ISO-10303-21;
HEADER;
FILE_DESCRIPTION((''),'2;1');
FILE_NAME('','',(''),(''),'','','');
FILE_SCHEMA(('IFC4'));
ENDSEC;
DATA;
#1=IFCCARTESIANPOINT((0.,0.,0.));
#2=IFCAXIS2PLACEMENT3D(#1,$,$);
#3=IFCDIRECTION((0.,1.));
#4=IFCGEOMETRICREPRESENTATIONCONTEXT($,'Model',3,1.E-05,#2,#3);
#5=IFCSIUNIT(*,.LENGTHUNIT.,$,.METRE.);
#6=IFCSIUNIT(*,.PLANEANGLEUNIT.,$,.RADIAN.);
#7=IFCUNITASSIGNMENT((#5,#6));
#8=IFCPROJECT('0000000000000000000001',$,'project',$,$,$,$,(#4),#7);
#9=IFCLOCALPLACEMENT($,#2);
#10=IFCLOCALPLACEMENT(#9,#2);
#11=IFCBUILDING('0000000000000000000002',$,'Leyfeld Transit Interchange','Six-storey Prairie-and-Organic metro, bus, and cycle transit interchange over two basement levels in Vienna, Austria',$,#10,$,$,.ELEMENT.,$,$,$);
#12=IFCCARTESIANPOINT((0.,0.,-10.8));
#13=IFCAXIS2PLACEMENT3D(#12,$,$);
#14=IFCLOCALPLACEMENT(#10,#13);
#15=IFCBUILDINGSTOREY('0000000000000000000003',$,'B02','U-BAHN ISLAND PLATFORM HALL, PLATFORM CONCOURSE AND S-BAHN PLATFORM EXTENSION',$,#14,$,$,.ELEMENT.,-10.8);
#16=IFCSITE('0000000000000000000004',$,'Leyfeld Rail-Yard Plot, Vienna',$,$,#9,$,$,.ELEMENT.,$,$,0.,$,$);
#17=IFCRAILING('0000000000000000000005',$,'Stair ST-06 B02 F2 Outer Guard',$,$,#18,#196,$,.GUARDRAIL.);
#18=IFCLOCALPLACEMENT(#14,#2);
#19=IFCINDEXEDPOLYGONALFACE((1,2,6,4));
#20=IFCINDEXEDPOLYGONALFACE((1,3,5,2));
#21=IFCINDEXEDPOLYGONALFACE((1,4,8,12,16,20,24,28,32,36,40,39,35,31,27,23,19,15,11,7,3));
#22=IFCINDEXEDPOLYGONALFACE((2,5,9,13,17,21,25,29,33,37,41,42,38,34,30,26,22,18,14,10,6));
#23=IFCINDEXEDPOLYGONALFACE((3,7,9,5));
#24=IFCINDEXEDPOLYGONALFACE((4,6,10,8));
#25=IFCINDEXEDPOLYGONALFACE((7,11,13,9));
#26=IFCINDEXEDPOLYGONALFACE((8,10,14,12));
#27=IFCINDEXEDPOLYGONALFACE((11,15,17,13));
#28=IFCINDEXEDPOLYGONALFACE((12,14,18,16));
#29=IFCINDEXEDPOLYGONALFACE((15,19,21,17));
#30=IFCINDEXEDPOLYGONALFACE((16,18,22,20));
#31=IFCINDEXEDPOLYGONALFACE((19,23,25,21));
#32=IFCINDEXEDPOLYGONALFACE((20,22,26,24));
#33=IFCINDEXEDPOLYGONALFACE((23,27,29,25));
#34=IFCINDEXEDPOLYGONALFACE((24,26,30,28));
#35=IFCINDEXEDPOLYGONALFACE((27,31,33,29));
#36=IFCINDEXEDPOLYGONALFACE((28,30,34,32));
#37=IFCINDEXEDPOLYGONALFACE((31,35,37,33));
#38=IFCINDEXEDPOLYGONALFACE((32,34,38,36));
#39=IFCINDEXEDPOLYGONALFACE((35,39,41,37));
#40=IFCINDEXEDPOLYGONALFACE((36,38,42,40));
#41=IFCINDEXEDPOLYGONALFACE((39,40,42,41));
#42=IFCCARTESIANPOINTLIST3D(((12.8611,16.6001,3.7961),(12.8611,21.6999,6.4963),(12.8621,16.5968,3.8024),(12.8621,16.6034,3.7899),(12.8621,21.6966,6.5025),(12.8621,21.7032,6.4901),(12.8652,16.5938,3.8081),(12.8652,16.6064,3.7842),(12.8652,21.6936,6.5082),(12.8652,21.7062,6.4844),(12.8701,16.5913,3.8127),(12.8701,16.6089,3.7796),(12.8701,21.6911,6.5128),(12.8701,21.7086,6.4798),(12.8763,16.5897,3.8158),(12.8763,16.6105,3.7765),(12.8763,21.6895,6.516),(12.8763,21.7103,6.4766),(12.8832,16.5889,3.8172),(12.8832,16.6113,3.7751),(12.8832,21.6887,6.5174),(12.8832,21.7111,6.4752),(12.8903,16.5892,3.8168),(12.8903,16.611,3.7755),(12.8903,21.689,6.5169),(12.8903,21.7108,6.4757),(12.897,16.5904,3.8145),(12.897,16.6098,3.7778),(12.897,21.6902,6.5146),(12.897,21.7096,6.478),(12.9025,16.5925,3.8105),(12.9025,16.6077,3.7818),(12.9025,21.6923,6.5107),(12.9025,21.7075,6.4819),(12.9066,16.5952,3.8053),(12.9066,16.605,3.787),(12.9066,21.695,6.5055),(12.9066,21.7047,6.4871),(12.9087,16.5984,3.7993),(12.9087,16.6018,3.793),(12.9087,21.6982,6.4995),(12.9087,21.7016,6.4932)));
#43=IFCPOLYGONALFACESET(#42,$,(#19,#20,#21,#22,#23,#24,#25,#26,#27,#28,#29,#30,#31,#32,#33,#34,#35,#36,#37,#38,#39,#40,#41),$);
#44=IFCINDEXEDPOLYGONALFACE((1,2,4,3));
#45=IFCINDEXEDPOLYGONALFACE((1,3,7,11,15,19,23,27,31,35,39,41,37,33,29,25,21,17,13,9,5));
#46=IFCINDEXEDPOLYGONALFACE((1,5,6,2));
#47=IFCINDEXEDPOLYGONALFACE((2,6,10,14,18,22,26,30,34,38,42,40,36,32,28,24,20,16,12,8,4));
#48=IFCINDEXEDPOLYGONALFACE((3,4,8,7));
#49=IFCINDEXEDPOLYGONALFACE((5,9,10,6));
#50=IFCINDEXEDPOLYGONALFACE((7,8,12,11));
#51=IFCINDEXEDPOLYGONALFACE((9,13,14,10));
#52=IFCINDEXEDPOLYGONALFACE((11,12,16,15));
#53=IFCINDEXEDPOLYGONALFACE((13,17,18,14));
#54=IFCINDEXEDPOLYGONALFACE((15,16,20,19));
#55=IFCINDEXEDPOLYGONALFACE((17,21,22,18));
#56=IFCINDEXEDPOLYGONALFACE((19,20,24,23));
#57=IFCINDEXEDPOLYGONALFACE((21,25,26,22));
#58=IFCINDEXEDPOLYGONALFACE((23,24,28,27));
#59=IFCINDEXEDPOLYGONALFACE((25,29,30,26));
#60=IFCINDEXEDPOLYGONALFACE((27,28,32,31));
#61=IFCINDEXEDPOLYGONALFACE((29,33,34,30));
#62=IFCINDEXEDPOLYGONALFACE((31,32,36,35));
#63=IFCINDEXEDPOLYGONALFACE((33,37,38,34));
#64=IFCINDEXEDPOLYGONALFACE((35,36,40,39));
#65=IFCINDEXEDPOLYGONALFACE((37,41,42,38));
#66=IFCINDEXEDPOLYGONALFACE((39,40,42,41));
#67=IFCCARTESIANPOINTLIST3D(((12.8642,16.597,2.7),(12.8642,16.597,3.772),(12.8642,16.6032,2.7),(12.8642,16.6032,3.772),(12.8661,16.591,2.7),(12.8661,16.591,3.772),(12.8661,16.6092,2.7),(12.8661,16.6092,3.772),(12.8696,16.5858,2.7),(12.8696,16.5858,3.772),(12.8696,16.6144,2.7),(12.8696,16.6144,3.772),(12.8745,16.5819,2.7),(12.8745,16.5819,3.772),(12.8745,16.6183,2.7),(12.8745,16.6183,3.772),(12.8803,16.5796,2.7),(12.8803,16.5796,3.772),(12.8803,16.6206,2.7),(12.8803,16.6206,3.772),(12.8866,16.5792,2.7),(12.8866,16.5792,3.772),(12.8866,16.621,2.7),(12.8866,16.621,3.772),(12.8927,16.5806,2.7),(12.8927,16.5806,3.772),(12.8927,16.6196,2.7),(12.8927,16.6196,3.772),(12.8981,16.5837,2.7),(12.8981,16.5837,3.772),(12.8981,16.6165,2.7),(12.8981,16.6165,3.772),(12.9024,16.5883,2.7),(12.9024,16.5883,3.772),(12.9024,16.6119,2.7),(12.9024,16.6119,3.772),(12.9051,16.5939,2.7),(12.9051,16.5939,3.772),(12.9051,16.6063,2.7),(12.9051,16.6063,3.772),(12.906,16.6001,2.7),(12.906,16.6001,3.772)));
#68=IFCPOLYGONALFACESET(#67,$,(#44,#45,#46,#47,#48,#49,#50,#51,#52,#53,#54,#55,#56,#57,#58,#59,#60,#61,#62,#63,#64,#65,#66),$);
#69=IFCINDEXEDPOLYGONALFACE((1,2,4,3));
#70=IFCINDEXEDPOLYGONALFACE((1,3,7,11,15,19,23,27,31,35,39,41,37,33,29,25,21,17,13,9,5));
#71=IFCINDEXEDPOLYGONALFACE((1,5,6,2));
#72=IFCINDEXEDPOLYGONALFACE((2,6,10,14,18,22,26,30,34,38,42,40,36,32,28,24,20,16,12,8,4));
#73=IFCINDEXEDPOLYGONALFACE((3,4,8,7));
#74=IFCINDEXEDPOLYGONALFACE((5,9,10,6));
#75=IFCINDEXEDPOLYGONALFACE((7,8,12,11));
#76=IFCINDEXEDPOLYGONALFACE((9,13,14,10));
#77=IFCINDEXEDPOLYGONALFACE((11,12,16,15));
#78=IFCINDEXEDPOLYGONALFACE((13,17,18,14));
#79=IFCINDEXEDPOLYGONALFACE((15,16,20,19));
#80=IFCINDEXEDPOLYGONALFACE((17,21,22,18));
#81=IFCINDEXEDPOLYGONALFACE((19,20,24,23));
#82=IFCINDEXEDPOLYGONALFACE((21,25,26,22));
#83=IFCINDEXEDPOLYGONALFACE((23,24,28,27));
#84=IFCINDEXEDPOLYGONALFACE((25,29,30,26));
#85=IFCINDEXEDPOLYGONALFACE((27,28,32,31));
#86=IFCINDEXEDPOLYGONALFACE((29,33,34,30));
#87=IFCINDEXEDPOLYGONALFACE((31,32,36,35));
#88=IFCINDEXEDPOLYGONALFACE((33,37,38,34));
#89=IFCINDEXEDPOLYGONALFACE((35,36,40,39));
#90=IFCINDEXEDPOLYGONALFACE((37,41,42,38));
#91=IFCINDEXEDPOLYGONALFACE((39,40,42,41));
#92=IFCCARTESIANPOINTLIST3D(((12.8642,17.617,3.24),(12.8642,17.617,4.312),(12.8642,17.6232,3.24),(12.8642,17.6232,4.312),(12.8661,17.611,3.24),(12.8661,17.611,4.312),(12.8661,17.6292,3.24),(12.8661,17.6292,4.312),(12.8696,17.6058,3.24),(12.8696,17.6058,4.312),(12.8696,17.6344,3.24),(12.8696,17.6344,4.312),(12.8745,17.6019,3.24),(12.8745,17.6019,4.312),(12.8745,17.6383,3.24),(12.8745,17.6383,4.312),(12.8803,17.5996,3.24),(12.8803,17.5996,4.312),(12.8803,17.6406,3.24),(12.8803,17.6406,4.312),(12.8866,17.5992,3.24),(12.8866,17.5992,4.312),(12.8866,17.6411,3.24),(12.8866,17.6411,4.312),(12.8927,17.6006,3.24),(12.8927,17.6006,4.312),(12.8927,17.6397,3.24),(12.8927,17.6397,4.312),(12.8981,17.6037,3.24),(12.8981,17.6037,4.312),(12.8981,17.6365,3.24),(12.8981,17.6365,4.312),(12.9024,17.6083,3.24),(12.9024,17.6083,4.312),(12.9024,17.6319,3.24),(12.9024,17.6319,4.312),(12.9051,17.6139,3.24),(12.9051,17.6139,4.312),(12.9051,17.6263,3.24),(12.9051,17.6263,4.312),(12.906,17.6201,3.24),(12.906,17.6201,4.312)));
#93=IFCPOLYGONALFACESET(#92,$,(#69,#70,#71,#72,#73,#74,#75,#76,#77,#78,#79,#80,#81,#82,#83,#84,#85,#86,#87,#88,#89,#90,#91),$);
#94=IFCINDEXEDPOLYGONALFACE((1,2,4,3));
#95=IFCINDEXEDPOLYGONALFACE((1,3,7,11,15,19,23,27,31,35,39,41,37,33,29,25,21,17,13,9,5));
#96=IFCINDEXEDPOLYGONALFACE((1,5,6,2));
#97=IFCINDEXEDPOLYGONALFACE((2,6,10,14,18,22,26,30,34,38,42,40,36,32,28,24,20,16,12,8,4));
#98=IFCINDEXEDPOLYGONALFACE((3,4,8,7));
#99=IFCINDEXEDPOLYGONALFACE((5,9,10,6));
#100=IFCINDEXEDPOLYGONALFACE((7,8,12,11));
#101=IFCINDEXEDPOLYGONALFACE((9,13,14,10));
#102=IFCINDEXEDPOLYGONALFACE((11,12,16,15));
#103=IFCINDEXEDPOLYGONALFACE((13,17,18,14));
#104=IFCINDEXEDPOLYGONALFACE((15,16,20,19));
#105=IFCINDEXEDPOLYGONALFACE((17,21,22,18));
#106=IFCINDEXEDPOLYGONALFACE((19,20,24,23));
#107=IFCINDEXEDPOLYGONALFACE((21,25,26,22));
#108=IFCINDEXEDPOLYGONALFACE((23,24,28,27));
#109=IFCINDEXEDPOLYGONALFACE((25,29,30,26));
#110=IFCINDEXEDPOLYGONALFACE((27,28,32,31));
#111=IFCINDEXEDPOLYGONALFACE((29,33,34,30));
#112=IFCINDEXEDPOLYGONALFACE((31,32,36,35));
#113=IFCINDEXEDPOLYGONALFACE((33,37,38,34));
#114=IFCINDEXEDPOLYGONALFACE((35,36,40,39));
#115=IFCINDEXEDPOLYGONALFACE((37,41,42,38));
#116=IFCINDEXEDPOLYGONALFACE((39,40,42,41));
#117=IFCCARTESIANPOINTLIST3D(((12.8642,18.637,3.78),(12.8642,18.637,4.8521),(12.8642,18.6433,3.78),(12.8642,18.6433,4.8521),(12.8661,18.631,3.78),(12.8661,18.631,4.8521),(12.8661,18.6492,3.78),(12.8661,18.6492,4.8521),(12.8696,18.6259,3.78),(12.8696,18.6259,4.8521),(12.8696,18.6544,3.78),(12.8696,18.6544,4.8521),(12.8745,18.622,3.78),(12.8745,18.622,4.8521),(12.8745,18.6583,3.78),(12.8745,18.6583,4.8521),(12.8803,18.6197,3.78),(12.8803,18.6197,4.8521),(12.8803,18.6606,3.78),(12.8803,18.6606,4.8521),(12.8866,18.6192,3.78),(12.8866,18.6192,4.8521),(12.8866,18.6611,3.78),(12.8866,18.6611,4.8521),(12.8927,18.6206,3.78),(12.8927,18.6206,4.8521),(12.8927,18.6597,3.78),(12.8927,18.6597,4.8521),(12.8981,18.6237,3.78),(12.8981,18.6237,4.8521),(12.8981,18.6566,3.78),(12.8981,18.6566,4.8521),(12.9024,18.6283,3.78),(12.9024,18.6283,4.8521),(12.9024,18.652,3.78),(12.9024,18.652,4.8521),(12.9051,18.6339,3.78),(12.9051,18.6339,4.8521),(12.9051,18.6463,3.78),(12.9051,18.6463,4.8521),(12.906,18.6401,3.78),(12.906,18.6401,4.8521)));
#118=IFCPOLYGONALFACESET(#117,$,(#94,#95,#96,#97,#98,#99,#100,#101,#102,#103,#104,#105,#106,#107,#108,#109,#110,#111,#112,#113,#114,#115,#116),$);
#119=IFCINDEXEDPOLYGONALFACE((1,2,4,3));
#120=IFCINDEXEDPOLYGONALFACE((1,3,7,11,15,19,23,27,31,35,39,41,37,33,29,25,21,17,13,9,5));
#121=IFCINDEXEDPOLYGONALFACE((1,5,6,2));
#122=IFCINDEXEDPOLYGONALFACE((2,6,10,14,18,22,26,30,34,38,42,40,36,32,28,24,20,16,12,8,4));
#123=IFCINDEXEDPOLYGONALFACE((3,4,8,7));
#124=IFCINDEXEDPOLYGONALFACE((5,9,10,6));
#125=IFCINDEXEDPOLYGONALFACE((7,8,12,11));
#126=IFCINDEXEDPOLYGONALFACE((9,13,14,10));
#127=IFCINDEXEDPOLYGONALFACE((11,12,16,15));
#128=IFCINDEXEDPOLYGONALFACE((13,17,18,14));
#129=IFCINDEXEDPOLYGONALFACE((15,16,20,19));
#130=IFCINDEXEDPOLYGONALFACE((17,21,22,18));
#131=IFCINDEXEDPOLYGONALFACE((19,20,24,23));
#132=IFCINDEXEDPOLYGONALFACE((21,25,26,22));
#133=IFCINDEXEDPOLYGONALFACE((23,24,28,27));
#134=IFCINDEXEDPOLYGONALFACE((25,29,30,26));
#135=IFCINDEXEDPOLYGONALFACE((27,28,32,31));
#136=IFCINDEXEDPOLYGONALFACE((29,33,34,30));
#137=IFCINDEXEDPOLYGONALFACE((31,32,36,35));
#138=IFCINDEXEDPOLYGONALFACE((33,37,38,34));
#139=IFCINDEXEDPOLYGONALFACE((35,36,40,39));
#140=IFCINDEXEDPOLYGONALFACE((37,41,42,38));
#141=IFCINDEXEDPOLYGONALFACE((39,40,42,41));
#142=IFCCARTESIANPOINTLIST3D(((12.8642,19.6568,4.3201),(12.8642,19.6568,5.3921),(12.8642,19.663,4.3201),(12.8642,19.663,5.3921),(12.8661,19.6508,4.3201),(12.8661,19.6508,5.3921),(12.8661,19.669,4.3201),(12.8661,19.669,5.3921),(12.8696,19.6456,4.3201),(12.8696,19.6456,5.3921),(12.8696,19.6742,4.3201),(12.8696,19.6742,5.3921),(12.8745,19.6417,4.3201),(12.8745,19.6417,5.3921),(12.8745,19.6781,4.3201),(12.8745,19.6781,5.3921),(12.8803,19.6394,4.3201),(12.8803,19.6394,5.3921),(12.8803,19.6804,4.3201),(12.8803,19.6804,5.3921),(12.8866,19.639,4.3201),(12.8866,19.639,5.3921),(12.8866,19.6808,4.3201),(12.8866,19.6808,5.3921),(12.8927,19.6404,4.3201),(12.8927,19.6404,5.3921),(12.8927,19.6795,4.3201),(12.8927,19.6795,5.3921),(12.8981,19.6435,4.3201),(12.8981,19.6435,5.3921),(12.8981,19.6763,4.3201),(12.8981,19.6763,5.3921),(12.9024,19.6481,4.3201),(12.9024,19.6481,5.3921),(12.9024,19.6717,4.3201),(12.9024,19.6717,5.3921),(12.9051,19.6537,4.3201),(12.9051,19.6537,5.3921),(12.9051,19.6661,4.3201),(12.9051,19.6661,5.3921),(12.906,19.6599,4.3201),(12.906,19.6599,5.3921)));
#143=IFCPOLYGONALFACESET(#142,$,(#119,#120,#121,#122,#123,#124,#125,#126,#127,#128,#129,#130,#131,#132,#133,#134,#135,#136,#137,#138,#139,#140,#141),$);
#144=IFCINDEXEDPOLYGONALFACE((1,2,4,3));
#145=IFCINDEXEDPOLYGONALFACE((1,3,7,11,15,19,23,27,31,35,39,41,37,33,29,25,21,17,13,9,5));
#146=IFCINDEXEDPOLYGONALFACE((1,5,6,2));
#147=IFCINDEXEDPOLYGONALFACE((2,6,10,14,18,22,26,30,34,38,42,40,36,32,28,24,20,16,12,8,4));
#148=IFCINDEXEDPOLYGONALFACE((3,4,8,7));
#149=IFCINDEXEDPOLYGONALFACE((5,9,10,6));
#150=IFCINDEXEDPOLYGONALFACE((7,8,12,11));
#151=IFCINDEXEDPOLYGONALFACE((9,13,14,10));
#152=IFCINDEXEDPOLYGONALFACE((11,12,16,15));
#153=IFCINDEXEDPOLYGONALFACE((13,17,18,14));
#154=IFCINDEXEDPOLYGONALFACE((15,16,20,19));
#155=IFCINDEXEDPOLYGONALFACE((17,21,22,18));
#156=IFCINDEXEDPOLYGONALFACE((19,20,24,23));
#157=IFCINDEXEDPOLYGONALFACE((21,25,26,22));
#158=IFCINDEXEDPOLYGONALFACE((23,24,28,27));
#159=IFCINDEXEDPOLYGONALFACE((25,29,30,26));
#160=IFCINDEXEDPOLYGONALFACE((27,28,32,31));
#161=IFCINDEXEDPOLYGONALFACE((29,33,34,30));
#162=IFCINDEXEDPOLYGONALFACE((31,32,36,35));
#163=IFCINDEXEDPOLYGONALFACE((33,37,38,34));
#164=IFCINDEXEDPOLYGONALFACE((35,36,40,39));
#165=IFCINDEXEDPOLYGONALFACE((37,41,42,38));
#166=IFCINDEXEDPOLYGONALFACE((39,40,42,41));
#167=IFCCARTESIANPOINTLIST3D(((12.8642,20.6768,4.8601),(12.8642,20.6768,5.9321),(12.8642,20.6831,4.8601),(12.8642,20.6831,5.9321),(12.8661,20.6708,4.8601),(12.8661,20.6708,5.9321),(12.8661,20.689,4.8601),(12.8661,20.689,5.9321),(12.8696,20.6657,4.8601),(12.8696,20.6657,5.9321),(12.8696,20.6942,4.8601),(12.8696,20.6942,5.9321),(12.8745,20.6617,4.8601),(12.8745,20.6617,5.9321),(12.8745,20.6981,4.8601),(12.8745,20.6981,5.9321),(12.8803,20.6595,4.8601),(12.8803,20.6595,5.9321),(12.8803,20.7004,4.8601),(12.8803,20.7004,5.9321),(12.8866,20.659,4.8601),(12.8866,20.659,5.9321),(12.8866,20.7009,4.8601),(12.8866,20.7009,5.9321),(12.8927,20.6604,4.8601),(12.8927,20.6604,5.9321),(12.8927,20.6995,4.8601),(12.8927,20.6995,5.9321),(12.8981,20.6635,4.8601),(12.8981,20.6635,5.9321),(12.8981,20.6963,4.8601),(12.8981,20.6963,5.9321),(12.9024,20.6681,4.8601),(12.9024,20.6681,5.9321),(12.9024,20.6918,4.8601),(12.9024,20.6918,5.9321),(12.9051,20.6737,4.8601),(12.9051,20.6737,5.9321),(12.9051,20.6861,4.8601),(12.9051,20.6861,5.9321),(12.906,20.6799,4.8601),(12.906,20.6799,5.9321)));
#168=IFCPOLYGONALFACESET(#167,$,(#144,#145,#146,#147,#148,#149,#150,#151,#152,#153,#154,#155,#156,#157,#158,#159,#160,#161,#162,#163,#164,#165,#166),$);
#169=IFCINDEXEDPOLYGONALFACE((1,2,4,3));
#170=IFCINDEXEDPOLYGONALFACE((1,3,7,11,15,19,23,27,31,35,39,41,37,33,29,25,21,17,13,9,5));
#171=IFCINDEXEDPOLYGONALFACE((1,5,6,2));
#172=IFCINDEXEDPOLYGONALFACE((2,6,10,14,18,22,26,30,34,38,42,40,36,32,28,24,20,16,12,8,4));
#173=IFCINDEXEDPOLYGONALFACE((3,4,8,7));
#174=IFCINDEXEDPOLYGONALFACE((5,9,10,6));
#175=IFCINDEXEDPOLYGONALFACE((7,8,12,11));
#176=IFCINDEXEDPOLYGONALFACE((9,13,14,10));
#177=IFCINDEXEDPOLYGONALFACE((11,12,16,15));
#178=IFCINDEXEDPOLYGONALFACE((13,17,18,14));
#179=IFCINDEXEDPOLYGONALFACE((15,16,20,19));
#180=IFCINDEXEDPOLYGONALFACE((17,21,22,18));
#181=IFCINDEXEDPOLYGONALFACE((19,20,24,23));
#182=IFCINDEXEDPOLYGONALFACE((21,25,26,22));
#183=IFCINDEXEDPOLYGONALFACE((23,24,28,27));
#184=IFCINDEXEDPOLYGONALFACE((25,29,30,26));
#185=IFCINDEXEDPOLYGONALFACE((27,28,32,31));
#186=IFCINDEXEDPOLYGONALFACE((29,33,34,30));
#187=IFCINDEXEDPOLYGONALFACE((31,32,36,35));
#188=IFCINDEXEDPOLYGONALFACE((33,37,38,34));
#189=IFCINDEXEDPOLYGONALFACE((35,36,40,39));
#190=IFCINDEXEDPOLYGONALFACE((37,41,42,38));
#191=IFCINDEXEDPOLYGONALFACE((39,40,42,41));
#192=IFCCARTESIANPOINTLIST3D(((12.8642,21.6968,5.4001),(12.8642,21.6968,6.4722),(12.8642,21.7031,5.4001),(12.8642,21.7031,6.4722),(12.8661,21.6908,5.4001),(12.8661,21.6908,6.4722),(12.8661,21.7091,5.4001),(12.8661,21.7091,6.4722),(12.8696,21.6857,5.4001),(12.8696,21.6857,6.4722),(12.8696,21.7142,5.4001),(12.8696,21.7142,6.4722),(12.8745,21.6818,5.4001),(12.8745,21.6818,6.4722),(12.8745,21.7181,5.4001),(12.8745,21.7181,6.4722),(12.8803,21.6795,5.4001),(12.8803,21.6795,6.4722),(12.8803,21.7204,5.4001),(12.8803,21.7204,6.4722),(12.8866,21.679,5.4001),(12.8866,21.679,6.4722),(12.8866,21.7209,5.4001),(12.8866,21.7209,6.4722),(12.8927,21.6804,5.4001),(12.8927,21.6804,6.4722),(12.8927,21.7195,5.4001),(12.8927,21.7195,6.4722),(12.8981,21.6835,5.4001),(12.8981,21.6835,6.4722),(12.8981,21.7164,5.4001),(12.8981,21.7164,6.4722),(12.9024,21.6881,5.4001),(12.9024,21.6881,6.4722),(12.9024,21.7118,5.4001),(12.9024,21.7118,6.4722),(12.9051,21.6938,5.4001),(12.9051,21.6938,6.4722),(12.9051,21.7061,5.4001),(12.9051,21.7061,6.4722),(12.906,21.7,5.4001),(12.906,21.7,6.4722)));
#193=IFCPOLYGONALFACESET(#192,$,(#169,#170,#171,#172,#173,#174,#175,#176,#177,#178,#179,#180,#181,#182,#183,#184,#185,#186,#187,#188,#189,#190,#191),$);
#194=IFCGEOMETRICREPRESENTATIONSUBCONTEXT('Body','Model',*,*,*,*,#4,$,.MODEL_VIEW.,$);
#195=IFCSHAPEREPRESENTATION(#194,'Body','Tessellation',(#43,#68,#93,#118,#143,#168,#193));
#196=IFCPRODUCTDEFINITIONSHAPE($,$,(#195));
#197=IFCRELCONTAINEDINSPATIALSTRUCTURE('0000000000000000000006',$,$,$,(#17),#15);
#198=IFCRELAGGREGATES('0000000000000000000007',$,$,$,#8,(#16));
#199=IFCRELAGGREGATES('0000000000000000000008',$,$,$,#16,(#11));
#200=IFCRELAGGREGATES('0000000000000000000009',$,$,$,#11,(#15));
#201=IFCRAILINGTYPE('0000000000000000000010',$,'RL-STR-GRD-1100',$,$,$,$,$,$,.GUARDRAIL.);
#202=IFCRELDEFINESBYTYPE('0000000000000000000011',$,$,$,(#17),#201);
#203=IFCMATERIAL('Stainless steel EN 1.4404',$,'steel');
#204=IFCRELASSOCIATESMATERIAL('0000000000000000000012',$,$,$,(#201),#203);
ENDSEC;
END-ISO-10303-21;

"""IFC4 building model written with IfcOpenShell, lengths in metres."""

from ifc_helpers import new_model, si_unit, direction, frame, origin, origin_2d, place, context, subcontext, project, spatial, circle, extrude, material, type_object, element, save


model = new_model("IFC4")

# Units and contexts
model_context = context("Model", 3, precision=1e-05, world=origin(), true_north=direction((0.0, 1.0)))
body_context = subcontext(model_context, "Body", "Model", "MODEL_VIEW")
ifc_project = project(units=[si_unit("LENGTHUNIT", "METRE"), si_unit("PLANEANGLEUNIT", "RADIAN")], contexts=[model_context])

# Site, building, storey
site_placement = place(None, origin())
site = spatial("IfcSite", under=ifc_project, at=site_placement, Name="Leyfeld Rail-Yard Plot, Vienna", CompositionType="ELEMENT", RefElevation=0.0)
building_placement = place(site_placement, origin())
building = spatial("IfcBuilding", under=site, at=building_placement, Name="Leyfeld Transit Interchange", Description="Six-storey Prairie-and-Organic metro, bus, and cycle transit interchange over two basement levels in Vienna, Austria", CompositionType="ELEMENT")
storey_placement = place(building_placement, frame((0.0, 0.0, -10.8)))
storey = spatial("IfcBuildingStorey", under=building, at=storey_placement, Name="B02", Description="U-BAHN ISLAND PLATFORM HALL, PLATFORM CONCOURSE AND S-BAHN PLATFORM EXTENSION", CompositionType="ELEMENT", Elevation=-10.8)

# Railing
ifc_material_1 = material(Name="Stainless steel EN 1.4404", Category="steel")
railing_type_1 = type_object("IfcRailingType", Name="RL-STR-GRD-1100", PredefinedType="GUARDRAIL", material=ifc_material_1)
for number, where, name in (
    (1, (12.885, 16.6001, 2.7), "Stair ST-06 B02 F2 Outer Guard"),
):
    element("IfcRailing", number, at=place(storey_placement, frame(where)), inside=storey, type_object=railing_type_1, Name=name, PredefinedType="GUARDRAIL", context=body_context, shape_type="SweptSolid", body=[
        extrude(circle(Radius=0.0239, at=origin_2d()), frame((0.0, 0.0, 1.0962), z_axis=(0.0, 0.883768, 0.467925), x_axis=(-1.0, 0.0, 0.0)), (0.0, 0.0, 1.0), 5.7705),
        extrude(circle(Radius=0.021, at=origin_2d()), origin(), (0.0, 0.0, 1.0), 1.072),
        extrude(circle(Radius=0.021, at=origin_2d()), frame((0.0, 1.02, 0.54)), (0.0, 0.0, 1.0), 1.072),
        extrude(circle(Radius=0.021, at=origin_2d()), frame((0.0, 2.04, 1.0801)), (0.0, 0.0, 1.0), 1.072),
        extrude(circle(Radius=0.021, at=origin_2d()), frame((0.0, 3.0598, 1.6201)), (0.0, 0.0, 1.0), 1.072),
        extrude(circle(Radius=0.021, at=origin_2d()), frame((0.0, 4.0798, 2.1602)), (0.0, 0.0, 1.0), 1.072),
        extrude(circle(Radius=0.021, at=origin_2d()), frame((0.0, 5.0999, 2.7002)), (0.0, 0.0, 1.0), 1.072),
    ])

save(model, "model.ifc")
